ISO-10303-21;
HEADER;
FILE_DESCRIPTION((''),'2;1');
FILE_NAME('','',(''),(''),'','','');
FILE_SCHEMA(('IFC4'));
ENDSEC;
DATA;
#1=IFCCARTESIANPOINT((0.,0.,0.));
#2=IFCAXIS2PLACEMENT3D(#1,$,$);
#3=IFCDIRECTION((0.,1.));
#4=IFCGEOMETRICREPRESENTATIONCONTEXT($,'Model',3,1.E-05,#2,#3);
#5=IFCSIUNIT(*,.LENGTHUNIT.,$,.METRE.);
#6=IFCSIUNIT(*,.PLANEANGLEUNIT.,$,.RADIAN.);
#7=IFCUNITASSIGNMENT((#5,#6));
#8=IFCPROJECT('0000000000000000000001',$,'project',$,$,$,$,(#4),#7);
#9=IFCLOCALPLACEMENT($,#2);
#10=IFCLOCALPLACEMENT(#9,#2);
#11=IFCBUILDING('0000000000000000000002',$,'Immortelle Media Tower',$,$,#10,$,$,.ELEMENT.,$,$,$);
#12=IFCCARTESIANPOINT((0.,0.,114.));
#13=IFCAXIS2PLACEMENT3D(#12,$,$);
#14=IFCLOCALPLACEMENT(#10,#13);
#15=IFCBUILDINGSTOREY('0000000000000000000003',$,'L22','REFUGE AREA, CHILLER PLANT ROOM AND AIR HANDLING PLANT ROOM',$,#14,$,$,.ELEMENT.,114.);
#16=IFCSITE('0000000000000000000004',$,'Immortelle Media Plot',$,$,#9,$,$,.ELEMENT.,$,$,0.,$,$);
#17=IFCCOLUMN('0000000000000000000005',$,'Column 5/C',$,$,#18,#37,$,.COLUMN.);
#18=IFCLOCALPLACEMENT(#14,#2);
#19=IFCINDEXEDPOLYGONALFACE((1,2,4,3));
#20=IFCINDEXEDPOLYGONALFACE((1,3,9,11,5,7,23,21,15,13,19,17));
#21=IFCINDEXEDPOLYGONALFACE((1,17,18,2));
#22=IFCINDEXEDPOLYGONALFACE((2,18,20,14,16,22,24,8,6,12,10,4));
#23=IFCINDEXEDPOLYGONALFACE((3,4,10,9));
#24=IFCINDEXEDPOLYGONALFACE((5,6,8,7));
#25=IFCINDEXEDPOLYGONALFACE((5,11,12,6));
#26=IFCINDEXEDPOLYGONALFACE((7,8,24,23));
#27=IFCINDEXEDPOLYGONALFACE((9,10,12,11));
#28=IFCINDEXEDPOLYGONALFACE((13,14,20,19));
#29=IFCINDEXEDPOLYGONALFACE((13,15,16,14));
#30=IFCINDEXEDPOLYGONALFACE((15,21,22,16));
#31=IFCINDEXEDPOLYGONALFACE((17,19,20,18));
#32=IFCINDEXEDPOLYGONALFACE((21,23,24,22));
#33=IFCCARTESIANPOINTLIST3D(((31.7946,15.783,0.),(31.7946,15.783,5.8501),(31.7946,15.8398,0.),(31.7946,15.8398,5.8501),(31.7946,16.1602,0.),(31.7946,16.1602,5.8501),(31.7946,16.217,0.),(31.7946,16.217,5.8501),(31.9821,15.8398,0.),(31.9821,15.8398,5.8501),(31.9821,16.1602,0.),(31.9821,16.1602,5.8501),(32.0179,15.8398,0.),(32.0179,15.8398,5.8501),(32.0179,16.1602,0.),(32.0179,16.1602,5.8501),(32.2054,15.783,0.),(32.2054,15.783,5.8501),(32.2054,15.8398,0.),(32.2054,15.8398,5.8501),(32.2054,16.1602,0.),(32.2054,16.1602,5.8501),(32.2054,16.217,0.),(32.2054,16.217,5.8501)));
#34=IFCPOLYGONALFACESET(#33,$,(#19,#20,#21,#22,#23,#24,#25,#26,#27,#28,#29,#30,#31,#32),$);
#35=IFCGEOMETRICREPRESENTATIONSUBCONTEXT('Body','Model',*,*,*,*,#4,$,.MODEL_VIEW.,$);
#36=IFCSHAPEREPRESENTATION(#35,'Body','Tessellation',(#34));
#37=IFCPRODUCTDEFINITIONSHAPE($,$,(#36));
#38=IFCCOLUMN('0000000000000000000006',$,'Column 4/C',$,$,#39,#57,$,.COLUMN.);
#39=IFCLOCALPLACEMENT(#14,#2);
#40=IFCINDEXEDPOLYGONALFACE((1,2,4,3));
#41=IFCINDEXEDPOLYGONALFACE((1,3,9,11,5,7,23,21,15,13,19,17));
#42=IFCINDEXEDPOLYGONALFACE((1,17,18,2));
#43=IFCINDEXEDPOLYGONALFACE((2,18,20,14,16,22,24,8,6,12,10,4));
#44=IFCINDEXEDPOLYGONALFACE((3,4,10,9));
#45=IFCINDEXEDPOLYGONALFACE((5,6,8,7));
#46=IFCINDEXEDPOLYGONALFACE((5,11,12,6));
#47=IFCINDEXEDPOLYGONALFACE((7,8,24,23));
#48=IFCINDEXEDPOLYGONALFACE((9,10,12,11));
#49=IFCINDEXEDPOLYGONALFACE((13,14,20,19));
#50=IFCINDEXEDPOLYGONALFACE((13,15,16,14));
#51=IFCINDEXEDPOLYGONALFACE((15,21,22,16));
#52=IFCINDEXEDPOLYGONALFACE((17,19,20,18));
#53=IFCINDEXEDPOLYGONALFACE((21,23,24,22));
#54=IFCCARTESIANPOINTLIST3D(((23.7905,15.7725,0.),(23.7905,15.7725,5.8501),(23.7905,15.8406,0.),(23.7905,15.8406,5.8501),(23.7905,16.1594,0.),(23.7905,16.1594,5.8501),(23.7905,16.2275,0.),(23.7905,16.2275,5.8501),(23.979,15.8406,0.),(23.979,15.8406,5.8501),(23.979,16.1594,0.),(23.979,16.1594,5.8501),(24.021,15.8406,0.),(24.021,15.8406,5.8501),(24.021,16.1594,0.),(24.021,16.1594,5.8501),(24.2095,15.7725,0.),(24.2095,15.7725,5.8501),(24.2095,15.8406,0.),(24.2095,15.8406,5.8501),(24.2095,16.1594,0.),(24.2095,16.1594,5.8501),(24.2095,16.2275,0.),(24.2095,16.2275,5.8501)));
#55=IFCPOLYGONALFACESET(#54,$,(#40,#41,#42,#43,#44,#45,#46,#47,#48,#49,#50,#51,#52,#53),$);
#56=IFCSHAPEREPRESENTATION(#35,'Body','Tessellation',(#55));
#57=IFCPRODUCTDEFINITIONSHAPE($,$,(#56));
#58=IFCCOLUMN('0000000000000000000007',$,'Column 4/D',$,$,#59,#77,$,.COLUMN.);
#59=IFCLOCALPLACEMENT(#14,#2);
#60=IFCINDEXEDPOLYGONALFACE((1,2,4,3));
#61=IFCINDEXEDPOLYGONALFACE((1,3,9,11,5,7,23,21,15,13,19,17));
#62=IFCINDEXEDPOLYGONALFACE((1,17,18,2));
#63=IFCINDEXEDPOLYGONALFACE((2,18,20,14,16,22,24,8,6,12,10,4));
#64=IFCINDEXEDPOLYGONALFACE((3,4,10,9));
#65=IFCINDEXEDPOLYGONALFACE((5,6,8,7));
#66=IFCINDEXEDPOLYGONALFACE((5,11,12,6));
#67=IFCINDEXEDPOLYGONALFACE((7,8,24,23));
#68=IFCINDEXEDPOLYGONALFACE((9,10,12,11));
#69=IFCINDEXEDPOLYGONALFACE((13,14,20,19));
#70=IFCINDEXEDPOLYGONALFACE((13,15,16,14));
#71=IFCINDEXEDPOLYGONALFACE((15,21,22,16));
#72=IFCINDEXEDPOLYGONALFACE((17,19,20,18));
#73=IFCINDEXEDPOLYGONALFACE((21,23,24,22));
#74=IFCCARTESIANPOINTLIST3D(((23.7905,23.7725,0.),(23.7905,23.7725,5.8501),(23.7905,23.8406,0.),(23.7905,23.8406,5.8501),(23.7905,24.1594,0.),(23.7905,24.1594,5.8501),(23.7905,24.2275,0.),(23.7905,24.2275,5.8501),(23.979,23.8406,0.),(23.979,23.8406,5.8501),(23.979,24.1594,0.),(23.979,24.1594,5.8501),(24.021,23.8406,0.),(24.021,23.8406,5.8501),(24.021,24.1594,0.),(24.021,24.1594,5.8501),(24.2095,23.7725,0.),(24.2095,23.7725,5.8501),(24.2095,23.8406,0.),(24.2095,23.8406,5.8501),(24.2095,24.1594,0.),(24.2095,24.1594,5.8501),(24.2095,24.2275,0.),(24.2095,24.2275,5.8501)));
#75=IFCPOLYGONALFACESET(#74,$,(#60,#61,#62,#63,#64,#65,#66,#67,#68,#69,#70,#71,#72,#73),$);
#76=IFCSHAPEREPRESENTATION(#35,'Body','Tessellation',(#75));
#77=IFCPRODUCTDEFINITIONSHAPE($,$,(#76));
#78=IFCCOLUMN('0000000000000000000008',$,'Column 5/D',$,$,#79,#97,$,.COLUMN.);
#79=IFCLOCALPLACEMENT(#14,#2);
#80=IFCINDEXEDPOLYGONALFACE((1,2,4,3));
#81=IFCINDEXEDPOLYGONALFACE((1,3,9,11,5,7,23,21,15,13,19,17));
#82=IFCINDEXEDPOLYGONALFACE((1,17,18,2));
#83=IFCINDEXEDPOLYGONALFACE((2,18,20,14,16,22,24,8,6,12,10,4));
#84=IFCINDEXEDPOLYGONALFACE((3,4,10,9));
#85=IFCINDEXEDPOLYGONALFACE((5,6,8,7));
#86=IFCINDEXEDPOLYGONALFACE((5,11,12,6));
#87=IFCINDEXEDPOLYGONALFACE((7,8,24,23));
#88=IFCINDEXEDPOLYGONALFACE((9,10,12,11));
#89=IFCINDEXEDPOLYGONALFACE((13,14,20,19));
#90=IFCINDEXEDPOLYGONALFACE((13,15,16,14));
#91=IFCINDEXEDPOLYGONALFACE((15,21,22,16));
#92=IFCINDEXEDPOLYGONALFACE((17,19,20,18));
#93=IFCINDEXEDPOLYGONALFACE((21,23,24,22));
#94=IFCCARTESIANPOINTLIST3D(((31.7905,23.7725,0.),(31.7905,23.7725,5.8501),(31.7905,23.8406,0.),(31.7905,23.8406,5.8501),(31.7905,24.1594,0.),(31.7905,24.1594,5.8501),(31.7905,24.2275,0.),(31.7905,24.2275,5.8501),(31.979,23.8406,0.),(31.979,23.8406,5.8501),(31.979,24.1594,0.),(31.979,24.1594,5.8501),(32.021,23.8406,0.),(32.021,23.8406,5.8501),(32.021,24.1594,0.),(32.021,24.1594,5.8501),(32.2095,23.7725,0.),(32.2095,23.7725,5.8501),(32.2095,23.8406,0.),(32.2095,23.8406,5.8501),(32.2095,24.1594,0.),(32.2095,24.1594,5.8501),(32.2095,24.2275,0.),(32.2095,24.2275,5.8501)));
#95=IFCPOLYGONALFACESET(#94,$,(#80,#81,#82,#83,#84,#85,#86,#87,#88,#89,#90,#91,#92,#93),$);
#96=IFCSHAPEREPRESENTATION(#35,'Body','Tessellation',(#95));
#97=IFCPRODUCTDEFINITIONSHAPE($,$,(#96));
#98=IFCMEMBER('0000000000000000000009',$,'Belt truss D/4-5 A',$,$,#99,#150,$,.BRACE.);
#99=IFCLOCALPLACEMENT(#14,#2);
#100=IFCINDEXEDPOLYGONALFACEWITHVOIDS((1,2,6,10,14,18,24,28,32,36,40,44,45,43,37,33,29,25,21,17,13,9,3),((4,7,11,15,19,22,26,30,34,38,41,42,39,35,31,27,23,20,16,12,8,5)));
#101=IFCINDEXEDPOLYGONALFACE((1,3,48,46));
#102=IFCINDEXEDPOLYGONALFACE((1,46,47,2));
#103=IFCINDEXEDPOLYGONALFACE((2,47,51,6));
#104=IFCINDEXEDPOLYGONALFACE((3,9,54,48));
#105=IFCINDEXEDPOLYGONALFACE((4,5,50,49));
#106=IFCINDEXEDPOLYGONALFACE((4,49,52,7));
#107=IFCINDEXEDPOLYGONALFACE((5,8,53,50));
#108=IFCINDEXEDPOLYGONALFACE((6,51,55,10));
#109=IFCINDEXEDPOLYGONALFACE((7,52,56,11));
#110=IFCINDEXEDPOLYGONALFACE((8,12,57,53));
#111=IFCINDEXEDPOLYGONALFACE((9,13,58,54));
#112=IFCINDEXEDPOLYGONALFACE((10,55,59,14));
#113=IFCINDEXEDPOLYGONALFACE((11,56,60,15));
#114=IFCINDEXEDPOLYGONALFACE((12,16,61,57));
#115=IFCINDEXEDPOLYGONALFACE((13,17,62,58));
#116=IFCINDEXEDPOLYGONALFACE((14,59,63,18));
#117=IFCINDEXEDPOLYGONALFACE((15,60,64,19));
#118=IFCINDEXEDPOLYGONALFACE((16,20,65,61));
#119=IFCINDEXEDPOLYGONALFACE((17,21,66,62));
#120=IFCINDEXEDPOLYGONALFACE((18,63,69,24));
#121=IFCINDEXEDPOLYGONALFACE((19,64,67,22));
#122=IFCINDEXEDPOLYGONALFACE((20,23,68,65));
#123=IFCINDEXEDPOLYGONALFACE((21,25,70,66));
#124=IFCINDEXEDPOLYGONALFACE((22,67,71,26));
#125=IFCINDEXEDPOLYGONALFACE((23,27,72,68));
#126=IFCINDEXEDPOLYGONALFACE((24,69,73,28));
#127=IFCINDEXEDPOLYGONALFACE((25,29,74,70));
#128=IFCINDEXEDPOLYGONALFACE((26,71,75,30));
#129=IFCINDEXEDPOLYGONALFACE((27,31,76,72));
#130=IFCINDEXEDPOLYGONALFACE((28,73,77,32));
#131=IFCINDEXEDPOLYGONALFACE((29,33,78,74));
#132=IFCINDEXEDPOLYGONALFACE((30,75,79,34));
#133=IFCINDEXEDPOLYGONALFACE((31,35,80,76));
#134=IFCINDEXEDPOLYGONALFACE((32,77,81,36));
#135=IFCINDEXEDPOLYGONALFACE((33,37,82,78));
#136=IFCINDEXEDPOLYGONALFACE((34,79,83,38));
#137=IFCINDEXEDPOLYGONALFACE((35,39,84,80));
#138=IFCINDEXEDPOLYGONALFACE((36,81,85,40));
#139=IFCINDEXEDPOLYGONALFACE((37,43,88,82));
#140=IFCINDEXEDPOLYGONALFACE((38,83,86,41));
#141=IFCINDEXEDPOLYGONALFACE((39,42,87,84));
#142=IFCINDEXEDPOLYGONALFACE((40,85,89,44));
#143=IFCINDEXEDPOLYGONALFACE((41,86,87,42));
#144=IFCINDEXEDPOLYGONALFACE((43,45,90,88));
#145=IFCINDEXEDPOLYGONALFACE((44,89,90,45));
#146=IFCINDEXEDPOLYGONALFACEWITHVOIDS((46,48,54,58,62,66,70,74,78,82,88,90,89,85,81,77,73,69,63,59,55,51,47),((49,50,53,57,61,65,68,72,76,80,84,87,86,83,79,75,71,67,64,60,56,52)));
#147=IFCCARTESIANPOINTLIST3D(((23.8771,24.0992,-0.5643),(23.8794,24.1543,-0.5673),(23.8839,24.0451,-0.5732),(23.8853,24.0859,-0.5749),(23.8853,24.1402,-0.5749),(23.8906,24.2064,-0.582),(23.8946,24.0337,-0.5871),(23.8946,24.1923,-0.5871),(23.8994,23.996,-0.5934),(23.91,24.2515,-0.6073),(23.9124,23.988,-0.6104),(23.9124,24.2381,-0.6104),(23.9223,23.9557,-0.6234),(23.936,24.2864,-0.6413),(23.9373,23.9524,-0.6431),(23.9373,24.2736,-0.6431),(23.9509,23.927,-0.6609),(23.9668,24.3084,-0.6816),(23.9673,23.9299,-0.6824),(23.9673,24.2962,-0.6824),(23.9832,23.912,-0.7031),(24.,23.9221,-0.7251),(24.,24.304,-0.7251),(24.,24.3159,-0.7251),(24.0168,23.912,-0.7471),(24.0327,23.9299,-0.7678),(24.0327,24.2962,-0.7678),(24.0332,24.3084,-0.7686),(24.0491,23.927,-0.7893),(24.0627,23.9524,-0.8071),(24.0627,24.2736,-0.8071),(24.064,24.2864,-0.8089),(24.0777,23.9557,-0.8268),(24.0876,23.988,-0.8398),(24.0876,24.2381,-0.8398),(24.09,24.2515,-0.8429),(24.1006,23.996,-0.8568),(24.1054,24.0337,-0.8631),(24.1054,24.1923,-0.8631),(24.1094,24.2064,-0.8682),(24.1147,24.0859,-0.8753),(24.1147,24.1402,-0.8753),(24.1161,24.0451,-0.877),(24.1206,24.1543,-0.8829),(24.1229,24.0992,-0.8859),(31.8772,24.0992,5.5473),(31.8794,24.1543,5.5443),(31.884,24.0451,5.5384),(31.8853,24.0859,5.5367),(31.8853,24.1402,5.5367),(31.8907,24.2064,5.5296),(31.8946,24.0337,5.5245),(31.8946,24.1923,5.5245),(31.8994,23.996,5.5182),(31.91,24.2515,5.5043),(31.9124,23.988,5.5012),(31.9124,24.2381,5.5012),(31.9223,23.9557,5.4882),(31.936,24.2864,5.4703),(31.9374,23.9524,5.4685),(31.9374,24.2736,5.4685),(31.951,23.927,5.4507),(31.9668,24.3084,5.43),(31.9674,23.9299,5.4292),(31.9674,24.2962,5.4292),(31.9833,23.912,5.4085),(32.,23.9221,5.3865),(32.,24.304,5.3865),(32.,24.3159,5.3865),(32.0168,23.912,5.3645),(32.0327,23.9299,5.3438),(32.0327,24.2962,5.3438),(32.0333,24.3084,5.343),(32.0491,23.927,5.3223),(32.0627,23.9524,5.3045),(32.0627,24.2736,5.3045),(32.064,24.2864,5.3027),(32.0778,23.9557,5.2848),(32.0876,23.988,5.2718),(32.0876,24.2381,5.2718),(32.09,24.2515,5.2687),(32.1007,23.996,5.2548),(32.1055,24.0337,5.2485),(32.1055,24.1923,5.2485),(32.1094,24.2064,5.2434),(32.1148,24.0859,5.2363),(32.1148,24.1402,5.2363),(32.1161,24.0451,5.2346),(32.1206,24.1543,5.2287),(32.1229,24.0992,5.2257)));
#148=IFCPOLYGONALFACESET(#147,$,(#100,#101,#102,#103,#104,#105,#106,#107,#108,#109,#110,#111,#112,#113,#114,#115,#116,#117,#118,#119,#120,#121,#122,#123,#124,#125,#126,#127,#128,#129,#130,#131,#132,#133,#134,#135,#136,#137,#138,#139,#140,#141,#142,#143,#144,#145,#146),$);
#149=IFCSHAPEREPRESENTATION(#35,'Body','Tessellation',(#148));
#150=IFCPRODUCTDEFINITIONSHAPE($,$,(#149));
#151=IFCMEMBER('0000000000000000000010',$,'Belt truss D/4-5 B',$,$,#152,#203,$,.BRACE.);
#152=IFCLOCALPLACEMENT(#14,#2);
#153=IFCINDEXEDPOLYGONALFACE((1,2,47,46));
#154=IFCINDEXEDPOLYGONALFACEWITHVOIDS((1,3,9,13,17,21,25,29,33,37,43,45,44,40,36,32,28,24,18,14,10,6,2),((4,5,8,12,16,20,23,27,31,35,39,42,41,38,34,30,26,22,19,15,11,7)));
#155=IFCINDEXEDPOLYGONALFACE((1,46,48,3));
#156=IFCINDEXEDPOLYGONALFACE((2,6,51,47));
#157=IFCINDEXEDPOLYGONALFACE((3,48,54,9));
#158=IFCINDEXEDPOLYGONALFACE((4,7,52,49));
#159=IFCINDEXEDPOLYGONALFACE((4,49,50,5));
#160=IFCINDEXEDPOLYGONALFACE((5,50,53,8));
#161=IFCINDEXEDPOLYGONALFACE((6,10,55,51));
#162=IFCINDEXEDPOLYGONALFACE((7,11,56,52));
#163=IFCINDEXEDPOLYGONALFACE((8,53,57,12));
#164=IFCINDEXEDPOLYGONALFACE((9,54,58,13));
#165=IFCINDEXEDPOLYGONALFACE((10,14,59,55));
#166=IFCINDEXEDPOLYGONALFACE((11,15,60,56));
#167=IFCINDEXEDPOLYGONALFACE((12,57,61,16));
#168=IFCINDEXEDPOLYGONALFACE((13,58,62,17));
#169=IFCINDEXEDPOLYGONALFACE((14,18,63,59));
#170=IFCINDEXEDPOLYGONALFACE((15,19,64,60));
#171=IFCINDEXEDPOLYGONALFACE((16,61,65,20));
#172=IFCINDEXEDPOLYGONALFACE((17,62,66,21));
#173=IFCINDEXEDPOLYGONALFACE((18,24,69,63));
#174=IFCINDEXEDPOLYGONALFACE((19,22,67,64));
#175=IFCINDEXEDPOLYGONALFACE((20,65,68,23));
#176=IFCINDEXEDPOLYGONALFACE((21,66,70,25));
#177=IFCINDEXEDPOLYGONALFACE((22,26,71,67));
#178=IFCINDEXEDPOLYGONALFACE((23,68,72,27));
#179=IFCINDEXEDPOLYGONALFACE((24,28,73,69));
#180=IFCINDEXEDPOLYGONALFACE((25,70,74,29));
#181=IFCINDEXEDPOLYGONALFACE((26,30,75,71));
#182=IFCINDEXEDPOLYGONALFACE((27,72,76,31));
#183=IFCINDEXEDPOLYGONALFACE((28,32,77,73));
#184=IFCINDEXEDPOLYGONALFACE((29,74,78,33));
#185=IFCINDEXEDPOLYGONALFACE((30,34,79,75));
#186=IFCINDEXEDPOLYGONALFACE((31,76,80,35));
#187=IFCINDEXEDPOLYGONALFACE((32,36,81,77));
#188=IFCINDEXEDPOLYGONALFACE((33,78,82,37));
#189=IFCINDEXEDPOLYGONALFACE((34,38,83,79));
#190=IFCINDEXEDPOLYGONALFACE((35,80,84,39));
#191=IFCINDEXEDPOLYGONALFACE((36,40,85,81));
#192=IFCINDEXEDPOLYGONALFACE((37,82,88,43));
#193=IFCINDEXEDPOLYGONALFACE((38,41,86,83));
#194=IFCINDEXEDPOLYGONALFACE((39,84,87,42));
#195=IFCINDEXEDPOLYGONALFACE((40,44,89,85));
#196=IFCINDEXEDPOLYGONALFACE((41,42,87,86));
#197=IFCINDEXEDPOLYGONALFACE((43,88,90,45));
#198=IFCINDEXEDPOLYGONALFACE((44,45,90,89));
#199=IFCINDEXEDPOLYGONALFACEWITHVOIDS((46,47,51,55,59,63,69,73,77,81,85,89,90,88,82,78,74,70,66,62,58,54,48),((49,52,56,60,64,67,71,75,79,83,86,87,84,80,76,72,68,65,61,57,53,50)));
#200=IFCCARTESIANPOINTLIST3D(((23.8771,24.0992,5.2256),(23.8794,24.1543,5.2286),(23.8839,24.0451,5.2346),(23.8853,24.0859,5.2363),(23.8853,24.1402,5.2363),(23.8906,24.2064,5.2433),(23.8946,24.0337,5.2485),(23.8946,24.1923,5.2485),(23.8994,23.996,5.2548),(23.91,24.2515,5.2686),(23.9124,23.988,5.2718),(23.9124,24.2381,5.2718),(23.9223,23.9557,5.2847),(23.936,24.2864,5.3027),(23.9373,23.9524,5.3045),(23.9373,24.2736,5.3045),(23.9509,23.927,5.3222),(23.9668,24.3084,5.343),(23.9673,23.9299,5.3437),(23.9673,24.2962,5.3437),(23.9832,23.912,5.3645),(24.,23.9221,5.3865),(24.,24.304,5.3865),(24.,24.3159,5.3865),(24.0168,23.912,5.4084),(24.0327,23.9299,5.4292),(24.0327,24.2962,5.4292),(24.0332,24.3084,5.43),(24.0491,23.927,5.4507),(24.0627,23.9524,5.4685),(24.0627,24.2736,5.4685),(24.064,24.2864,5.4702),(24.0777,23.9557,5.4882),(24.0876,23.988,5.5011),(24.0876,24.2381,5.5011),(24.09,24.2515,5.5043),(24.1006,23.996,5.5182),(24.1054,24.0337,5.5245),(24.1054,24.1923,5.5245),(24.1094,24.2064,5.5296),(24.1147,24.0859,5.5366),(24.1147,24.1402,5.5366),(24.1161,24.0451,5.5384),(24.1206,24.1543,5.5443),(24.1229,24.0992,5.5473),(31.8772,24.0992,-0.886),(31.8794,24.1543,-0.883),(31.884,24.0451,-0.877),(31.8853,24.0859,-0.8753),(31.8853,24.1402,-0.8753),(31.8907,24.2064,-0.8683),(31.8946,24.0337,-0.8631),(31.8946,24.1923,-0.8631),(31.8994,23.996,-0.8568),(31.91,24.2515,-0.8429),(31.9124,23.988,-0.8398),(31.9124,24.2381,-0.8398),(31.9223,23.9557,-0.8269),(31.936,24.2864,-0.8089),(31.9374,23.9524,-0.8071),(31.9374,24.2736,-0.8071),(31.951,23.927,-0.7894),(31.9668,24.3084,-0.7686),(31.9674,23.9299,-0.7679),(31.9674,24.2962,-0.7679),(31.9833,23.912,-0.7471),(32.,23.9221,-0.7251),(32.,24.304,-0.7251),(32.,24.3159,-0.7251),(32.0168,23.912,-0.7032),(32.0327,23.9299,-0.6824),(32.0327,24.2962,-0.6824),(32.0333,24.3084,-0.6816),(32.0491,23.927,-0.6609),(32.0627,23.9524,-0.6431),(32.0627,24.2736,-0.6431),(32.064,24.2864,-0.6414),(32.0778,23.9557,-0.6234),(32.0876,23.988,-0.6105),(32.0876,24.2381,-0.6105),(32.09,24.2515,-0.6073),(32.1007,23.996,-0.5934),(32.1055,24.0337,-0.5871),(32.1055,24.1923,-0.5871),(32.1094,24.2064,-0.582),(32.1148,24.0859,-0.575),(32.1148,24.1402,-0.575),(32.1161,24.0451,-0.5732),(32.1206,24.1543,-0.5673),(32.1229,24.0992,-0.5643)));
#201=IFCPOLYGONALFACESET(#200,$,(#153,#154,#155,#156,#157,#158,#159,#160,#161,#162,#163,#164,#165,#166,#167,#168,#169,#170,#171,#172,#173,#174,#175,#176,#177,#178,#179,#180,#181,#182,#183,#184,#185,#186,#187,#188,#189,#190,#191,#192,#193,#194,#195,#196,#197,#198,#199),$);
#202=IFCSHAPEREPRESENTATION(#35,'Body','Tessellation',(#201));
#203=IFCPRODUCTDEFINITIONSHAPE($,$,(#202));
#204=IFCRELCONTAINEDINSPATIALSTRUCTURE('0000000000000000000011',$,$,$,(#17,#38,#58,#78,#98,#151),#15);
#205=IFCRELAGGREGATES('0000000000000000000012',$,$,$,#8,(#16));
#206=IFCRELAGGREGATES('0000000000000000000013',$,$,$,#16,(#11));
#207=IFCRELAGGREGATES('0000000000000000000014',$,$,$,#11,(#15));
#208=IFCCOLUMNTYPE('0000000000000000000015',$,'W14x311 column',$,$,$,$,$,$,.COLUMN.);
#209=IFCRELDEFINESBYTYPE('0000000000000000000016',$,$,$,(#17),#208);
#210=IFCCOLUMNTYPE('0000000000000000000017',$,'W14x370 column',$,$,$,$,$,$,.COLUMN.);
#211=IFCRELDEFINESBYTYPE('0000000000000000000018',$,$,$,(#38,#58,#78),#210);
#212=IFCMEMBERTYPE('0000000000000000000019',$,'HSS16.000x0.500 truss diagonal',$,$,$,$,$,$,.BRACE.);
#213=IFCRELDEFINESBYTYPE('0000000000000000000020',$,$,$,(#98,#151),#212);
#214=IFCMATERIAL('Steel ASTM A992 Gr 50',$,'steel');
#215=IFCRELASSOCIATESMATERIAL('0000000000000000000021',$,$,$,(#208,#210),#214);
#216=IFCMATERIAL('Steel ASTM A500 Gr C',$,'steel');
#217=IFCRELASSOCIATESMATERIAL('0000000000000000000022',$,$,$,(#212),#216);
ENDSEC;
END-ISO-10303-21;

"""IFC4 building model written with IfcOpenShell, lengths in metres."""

from ifc_helpers import new_model, si_unit, direction, frame, origin, origin_2d, place, context, subcontext, project, spatial, hollow_circle, i_section, extrude, material, material_profile, profile_set, type_object, element, save


model = new_model("IFC4")

# Units and contexts
model_context = context("Model", 3, precision=1e-05, world=origin(), true_north=direction((0.0, 1.0)))
body_context = subcontext(model_context, "Body", "Model", "MODEL_VIEW")
ifc_project = project(units=[si_unit("LENGTHUNIT", "METRE"), si_unit("PLANEANGLEUNIT", "RADIAN")], contexts=[model_context])

# Site, building, storey
site_placement = place(None, origin())
site = spatial("IfcSite", under=ifc_project, at=site_placement, Name="Immortelle Media Plot", CompositionType="ELEMENT", RefElevation=0.0)
building_placement = place(site_placement, origin())
building = spatial("IfcBuilding", under=site, at=building_placement, Name="Immortelle Media Tower", CompositionType="ELEMENT")
storey_placement = place(building_placement, frame((0.0, 0.0, 114.0)))
storey = spatial("IfcBuildingStorey", under=building, at=storey_placement, Name="L22", Description="REFUGE AREA, CHILLER PLANT ROOM AND AIR HANDLING PLANT ROOM", CompositionType="ELEMENT", Elevation=114.0)

# Columns
ifc_material_1 = material(Name="Steel ASTM A992 Gr 50", Category="steel")
ifc_material_profile_1 = material_profile(ifc_material_1, i_section(OverallWidth=0.4109, OverallDepth=0.4341, WebThickness=0.0359, FlangeThickness=0.0569, at=origin_2d()), Name="W14x311")
ifc_profile_set_1 = profile_set([ifc_material_profile_1], Name="Steel ASTM A992 Gr 50")
column_type_1 = type_object("IfcColumnType", Name="W14x311 column", PredefinedType="COLUMN", material=ifc_profile_set_1)
column_placement = place(storey_placement, frame((32.0, 16.0, 0.0), z_axis=(0.0, 0.0, 1.0), x_axis=(1.0, 0.0, 0.0)))
element("IfcColumn", 1, at=column_placement, inside=storey, type_object=column_type_1, Name="Column 5/C", PredefinedType="COLUMN", context=body_context, shape_type="SweptSolid", body=[
    extrude(i_section(OverallWidth=0.4109, OverallDepth=0.4341, WebThickness=0.0359, FlangeThickness=0.0569, at=origin_2d()), origin(), (0.0, 0.0, 1.0), 5.8501),
])
ifc_material_profile_2 = material_profile(ifc_material_1, i_section(OverallWidth=0.4189, OverallDepth=0.4551, WebThickness=0.042, FlangeThickness=0.0681, at=origin_2d()), Name="W14x370")
ifc_profile_set_2 = profile_set([ifc_material_profile_2], Name="Steel ASTM A992 Gr 50")
column_type_2 = type_object("IfcColumnType", Name="W14x370 column", PredefinedType="COLUMN", material=ifc_profile_set_2)
for number, where, z_axis, x_axis, name in (
    (2, (24.0, 16.0, 0.0), (0.0, 0.0, 1.0), (1.0, 0.0, 0.0), "Column 4/C"),
    (3, (24.0, 24.0, 0.0), (0.0, 0.0, 1.0), (1.0, 0.0, 0.0), "Column 4/D"),
    (4, (32.0, 24.0, 0.0), (0.0, 0.0, 1.0), (1.0, 0.0, 0.0), "Column 5/D"),
):
    element("IfcColumn", number, at=place(storey_placement, frame(where, z_axis=z_axis, x_axis=x_axis)), inside=storey, type_object=column_type_2, Name=name, PredefinedType="COLUMN", context=body_context, shape_type="SweptSolid", body=[
        extrude(i_section(OverallWidth=0.4189, OverallDepth=0.4551, WebThickness=0.042, FlangeThickness=0.0681, at=origin_2d()), origin(), (0.0, 0.0, 1.0), 5.8501),
    ])

# Members
ifc_material_2 = material(Name="Steel ASTM A500 Gr C", Category="steel")
ifc_material_profile_3 = material_profile(ifc_material_2, hollow_circle(Radius=0.2029, WallThickness=0.012, at=origin_2d()), Name="HSS16.000x0.500 truss diagonal")
ifc_profile_set_3 = profile_set([ifc_material_profile_3], Name="Steel ASTM A500 Gr C")
member_type = type_object("IfcMemberType", Name="HSS16.000x0.500 truss diagonal", PredefinedType="BRACE", material=ifc_profile_set_3)
for number, where, z_axis, x_axis, name in (
    (5, (24.0, 24.113, -0.7251), (0.794649, 0.0, 0.607069), (0.0, 1.0, 0.0), "Belt truss D/4-5 A"),
    (6, (24.0, 24.113, 5.3865), (0.794649, 0.0, -0.607069), (0.0, 1.0, 0.0), "Belt truss D/4-5 B"),
):
    element("IfcMember", number, at=place(storey_placement, frame(where, z_axis=z_axis, x_axis=x_axis)), inside=storey, type_object=member_type, Name=name, PredefinedType="BRACE", context=body_context, shape_type="SweptSolid", body=[
        extrude(hollow_circle(Radius=0.2029, WallThickness=0.012, at=origin_2d()), origin(), (0.0, 0.0, 1.0), 10.0674),
    ])

save(model, "model.ifc")
